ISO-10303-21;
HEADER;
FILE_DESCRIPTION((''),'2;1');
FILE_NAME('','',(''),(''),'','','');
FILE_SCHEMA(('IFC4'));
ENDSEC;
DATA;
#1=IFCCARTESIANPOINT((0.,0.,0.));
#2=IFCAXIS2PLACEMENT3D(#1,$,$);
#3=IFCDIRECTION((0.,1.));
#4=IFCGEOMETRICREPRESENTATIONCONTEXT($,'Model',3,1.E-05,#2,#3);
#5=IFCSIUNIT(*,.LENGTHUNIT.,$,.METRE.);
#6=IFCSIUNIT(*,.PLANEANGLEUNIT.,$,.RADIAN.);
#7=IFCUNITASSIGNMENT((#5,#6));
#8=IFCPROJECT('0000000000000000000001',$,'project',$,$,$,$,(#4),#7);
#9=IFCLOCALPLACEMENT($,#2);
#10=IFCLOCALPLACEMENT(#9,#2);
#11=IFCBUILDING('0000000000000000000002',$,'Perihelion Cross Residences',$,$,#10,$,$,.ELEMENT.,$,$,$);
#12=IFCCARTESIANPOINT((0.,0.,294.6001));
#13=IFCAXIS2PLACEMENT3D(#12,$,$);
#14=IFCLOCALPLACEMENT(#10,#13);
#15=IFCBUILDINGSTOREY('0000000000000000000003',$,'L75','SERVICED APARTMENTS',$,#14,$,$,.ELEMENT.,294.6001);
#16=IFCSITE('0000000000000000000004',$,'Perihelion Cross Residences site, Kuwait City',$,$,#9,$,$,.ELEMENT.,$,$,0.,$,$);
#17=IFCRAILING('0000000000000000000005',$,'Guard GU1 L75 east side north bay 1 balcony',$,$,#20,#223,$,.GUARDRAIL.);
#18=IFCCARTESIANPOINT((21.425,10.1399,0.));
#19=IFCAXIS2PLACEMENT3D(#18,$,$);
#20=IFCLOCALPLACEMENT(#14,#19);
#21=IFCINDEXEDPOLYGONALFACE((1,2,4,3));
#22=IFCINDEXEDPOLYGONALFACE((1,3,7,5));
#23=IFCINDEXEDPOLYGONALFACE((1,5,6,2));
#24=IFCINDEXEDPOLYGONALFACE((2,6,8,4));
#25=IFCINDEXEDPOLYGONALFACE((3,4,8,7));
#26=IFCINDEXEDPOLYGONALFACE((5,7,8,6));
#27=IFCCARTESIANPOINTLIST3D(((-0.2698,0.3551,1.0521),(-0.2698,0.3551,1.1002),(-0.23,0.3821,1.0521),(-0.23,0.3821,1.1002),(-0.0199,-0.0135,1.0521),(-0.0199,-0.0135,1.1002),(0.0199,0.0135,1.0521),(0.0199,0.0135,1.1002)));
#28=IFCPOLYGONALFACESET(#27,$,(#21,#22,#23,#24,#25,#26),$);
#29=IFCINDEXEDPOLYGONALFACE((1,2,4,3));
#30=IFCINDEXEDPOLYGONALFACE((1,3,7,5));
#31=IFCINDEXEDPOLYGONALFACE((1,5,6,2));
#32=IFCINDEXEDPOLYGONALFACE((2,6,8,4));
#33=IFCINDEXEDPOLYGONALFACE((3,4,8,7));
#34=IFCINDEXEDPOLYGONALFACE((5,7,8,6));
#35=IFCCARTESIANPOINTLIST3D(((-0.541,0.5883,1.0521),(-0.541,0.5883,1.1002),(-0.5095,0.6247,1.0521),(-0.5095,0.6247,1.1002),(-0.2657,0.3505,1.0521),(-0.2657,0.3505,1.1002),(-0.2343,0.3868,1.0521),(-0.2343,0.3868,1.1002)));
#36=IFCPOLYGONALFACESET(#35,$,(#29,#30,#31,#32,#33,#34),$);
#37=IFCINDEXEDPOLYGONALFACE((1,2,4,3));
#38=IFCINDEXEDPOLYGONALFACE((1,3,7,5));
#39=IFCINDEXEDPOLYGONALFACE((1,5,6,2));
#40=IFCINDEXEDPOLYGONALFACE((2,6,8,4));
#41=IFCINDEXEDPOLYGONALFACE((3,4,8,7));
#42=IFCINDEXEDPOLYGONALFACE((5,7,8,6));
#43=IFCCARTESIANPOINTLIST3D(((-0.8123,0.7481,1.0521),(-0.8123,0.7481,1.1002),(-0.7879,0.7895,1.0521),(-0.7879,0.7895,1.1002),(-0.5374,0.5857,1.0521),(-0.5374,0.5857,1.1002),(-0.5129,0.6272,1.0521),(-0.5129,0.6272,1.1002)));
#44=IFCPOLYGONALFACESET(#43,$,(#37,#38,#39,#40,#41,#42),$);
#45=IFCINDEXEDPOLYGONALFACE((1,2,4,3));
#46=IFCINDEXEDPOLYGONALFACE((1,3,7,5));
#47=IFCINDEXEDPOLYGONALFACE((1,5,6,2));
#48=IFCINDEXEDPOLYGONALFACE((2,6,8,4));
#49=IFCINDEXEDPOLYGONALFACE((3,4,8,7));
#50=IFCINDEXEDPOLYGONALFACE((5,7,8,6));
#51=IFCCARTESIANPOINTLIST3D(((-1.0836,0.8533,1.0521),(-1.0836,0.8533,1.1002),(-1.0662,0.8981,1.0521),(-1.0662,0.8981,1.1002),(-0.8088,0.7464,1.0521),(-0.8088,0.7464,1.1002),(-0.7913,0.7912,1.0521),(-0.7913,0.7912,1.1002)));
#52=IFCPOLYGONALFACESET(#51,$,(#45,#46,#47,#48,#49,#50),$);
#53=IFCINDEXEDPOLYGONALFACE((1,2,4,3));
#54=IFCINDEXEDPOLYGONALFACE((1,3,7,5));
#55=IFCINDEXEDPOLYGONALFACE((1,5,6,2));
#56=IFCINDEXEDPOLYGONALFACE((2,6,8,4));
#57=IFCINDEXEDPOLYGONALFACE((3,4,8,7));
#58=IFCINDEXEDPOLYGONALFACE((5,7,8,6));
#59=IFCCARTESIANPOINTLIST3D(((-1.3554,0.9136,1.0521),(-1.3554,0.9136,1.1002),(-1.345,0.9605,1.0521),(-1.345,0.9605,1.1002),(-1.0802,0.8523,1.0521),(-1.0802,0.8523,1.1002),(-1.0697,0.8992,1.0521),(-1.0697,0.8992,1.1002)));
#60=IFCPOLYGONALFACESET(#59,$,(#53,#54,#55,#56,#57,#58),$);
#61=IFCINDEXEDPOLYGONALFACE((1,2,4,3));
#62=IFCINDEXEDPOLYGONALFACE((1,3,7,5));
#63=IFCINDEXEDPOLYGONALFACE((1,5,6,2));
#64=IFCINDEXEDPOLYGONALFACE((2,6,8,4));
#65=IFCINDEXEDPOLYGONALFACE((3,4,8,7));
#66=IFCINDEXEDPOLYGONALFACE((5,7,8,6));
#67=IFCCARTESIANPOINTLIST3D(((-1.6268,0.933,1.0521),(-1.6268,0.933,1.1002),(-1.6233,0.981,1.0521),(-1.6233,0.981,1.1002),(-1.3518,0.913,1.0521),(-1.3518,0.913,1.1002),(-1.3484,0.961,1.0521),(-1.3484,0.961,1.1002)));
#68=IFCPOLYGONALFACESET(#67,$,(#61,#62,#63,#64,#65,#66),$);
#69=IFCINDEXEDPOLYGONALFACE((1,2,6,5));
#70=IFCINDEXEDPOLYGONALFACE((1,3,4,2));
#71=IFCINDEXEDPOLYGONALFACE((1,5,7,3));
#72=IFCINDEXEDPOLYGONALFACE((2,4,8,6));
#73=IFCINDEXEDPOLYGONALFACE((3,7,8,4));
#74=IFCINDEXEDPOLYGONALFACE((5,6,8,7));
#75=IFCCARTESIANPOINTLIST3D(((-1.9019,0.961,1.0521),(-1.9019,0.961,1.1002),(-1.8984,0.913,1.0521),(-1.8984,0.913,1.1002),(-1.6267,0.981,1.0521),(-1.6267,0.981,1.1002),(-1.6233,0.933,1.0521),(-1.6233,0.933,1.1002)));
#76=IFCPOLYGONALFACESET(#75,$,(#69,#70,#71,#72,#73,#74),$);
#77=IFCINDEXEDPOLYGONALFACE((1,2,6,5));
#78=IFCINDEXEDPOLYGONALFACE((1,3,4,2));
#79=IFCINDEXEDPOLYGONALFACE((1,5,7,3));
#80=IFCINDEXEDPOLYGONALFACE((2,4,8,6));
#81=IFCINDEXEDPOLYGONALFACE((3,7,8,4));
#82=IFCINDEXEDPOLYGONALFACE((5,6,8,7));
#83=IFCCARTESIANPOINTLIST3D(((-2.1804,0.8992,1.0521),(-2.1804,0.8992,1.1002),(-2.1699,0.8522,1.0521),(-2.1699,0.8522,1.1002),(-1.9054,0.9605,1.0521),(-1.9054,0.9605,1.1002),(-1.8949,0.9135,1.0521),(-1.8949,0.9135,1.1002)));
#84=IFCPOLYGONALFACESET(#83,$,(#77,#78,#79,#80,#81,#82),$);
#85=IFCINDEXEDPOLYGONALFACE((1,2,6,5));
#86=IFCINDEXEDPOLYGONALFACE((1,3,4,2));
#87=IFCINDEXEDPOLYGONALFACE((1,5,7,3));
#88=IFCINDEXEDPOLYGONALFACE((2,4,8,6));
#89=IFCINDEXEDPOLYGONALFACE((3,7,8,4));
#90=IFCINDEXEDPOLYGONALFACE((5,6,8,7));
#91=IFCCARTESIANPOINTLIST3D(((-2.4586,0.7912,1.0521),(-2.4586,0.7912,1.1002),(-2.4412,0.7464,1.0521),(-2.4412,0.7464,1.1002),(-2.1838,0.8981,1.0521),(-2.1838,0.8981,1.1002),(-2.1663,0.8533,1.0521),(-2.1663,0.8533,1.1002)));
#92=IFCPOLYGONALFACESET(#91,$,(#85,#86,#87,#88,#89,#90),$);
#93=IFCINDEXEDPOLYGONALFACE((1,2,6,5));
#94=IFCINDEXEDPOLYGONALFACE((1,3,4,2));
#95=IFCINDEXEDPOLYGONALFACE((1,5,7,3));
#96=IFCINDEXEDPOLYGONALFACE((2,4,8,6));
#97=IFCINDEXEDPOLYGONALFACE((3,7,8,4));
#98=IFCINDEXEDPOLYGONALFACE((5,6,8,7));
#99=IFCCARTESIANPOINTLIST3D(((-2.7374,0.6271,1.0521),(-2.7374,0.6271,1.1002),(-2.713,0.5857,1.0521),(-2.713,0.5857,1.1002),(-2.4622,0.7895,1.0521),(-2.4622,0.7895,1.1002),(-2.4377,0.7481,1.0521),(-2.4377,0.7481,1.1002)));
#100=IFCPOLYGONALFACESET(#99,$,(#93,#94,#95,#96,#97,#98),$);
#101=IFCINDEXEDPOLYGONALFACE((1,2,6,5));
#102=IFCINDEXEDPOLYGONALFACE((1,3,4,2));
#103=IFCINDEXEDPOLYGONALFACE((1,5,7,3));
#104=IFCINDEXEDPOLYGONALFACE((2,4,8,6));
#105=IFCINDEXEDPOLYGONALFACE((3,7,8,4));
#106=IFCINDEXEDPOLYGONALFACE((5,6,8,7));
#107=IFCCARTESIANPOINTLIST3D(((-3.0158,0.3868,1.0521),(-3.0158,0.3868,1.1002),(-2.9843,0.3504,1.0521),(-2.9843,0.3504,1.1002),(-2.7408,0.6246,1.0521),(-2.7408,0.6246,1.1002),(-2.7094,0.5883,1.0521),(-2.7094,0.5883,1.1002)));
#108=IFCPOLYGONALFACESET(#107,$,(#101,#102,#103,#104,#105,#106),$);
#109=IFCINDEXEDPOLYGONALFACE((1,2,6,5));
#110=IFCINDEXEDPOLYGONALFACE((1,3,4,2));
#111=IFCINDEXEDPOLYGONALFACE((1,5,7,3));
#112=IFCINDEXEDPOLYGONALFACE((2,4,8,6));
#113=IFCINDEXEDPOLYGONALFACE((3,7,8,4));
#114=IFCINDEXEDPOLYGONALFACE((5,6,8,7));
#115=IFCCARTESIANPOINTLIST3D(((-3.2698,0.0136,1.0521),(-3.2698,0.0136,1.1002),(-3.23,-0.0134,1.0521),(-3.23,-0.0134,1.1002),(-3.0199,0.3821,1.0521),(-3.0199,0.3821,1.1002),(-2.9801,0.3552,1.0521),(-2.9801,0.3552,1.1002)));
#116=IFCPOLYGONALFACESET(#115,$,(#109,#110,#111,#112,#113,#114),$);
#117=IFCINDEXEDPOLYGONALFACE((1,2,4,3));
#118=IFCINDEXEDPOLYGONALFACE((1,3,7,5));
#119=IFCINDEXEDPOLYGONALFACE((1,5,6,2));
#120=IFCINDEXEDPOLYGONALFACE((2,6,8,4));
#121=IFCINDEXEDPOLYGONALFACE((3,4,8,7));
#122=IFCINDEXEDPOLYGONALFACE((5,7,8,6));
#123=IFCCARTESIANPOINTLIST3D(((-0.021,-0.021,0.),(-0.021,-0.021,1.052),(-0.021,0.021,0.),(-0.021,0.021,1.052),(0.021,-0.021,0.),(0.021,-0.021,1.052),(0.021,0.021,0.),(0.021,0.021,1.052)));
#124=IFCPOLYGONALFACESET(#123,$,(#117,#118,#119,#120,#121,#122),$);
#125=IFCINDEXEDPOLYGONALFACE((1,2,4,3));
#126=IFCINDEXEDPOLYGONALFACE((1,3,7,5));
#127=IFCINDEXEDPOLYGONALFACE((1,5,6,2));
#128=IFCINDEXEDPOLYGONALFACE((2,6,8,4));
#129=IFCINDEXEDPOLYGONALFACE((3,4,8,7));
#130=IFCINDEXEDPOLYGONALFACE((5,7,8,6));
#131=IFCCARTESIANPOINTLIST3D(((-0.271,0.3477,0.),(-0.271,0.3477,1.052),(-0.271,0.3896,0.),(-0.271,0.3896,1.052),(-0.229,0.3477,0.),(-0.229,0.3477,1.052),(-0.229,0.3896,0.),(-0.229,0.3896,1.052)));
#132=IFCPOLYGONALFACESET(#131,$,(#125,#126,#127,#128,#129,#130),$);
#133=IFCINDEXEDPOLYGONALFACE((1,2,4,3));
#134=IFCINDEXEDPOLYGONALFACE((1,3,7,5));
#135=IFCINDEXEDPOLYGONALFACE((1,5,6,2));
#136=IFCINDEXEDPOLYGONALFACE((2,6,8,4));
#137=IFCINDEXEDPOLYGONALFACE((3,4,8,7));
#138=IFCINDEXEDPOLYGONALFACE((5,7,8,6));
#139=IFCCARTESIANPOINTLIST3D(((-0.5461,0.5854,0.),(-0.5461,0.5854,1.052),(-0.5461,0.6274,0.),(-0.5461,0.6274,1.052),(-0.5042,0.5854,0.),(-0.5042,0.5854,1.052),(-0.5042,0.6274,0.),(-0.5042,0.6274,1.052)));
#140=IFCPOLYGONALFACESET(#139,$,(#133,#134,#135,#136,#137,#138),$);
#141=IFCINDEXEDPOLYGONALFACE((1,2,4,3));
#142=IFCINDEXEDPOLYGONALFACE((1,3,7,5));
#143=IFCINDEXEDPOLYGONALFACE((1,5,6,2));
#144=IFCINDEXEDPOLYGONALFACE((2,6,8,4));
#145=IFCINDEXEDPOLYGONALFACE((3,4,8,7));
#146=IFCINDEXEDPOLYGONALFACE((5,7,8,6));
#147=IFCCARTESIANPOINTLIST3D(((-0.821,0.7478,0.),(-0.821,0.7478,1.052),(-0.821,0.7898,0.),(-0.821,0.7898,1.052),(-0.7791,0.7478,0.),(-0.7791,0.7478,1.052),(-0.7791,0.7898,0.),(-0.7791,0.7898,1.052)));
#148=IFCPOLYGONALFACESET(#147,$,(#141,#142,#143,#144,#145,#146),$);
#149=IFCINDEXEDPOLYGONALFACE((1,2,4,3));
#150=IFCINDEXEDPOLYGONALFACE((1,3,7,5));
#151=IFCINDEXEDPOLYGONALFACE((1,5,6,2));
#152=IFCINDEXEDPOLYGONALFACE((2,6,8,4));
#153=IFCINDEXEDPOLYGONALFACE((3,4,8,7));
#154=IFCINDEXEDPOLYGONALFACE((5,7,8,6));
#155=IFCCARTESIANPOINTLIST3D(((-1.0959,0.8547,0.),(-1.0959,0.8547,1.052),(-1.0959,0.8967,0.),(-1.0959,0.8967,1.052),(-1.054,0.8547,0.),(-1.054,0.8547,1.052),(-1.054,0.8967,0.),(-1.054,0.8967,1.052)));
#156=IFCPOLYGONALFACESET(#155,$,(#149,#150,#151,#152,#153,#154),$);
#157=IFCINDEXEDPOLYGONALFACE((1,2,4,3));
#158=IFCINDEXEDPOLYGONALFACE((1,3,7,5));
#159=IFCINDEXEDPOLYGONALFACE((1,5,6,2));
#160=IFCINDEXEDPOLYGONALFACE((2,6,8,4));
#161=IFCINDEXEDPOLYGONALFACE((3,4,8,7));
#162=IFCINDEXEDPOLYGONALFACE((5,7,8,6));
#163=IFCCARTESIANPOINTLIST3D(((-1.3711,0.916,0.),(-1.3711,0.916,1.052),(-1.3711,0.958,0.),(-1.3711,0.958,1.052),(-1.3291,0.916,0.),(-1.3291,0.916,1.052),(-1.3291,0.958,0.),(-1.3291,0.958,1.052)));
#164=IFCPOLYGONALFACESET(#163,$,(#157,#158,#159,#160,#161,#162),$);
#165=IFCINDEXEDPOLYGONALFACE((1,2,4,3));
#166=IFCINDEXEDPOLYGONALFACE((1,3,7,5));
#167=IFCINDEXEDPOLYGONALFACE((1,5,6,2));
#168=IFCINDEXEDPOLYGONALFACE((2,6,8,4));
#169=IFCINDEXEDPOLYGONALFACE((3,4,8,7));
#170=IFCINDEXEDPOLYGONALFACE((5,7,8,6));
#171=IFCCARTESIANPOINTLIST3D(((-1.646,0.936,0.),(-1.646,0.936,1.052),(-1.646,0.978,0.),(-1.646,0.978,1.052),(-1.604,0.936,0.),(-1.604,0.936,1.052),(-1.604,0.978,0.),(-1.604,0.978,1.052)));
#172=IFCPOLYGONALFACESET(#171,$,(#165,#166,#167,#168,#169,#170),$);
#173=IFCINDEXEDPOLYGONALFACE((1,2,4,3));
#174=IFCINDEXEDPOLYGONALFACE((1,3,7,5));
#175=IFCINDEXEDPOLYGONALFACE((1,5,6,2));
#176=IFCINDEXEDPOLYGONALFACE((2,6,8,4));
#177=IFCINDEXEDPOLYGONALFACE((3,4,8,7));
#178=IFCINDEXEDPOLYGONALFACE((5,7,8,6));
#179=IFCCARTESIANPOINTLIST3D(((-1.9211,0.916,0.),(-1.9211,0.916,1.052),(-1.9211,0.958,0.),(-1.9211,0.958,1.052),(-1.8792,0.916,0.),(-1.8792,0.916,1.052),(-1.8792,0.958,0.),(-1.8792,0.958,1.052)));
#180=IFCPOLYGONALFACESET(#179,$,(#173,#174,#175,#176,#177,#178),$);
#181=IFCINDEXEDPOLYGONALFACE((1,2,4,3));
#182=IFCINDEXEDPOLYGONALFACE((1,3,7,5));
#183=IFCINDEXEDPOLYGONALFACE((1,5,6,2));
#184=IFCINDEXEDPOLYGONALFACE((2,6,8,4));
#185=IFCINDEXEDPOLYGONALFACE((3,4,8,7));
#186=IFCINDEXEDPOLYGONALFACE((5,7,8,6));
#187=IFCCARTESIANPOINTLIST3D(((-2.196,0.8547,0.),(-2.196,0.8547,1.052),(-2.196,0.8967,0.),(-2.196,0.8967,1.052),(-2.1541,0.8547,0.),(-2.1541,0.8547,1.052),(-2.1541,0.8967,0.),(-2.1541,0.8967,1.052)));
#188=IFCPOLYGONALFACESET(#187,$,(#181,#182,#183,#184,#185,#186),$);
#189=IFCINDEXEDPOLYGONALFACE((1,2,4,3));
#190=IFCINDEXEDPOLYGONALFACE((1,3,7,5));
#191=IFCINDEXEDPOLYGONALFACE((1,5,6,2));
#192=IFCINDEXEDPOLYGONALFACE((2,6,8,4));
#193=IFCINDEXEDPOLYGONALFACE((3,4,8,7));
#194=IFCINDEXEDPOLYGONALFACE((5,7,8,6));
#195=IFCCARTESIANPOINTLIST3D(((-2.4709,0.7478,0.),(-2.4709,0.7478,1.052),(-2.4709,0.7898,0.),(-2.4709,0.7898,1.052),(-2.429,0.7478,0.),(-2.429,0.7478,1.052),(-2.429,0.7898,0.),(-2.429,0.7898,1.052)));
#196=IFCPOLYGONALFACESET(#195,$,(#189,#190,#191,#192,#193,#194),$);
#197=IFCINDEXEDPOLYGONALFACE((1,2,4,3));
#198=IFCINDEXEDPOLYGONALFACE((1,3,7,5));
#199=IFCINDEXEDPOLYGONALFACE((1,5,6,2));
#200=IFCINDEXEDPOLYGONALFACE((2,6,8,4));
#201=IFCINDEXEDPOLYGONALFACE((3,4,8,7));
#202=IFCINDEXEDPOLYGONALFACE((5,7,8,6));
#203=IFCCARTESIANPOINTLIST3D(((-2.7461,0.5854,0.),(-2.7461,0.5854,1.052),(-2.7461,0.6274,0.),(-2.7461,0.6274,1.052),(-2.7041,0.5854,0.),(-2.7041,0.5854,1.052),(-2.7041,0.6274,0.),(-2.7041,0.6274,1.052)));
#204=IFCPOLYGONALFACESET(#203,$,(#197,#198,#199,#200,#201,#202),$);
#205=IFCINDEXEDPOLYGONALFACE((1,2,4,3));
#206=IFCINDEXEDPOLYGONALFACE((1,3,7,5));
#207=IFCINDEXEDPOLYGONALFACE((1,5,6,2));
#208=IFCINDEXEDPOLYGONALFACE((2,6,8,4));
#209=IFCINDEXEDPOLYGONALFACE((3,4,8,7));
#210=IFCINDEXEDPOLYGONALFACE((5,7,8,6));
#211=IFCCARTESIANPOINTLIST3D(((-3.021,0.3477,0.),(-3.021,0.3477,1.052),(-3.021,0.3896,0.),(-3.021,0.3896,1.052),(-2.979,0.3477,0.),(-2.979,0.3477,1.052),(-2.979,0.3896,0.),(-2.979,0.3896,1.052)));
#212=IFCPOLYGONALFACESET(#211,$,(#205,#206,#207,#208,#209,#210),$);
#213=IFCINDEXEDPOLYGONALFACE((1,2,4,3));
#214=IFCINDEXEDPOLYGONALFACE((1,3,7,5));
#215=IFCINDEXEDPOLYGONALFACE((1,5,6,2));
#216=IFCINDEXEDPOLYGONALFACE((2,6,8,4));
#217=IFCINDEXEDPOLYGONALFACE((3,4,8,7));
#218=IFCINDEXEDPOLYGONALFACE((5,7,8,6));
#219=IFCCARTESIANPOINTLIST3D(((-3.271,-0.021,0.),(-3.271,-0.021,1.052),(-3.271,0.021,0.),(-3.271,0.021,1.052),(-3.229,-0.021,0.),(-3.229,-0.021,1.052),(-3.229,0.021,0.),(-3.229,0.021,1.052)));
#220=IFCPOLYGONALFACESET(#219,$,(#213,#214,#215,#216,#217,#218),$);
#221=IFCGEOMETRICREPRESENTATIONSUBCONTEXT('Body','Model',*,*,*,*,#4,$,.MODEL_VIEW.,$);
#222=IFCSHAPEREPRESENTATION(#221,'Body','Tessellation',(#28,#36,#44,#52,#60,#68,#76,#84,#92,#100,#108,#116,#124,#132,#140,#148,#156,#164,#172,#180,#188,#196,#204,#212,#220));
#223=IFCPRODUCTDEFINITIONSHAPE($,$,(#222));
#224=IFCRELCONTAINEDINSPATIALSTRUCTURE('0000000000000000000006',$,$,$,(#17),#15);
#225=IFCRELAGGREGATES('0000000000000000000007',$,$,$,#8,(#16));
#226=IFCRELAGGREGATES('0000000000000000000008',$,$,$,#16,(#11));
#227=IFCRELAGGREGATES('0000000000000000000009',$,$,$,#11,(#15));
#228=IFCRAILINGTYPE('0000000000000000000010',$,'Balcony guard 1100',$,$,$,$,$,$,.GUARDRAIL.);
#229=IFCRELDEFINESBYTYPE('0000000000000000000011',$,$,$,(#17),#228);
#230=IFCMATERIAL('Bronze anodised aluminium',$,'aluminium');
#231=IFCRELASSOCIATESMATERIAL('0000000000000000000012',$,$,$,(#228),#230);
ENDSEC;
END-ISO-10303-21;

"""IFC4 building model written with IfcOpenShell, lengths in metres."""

from ifc_helpers import new_model, si_unit, direction, frame, origin, origin_2d, place, context, subcontext, project, spatial, rectangle, extrude, material, type_object, element, save


model = new_model("IFC4")

# Units and contexts
model_context = context("Model", 3, precision=1e-05, world=origin(), true_north=direction((0.0, 1.0)))
body_context = subcontext(model_context, "Body", "Model", "MODEL_VIEW")
ifc_project = project(units=[si_unit("LENGTHUNIT", "METRE"), si_unit("PLANEANGLEUNIT", "RADIAN")], contexts=[model_context])

# Site, building, storey
site_placement = place(None, origin())
site = spatial("IfcSite", under=ifc_project, at=site_placement, Name="Perihelion Cross Residences site, Kuwait City", CompositionType="ELEMENT", RefElevation=0.0)
building_placement = place(site_placement, origin())
building = spatial("IfcBuilding", under=site, at=building_placement, Name="Perihelion Cross Residences", CompositionType="ELEMENT")
storey_placement = place(building_placement, frame((0.0, 0.0, 294.6001)))
storey = spatial("IfcBuildingStorey", under=building, at=storey_placement, Name="L75", Description="SERVICED APARTMENTS", CompositionType="ELEMENT", Elevation=294.6001)

# Railing
ifc_material_1 = material(Name="Bronze anodised aluminium", Category="aluminium")
railing_type_1 = type_object("IfcRailingType", Name="Balcony guard 1100", PredefinedType="GUARDRAIL", material=ifc_material_1)
railing_1_placement = place(storey_placement, frame((21.425, 10.1399, 0.0)))
element("IfcRailing", 1, at=railing_1_placement, inside=storey, type_object=railing_type_1, Name="Guard GU1 L75 east side north bay 1 balcony", PredefinedType="GUARDRAIL", context=body_context, shape_type="SweptSolid", body=[
    extrude(rectangle(XDim=0.0481, YDim=0.0481, at=origin_2d()), frame((0.0, 0.0, 1.0762), z_axis=(-0.56126, 0.827639, 0.0), x_axis=(-0.827639, -0.56126, 0.0)), (0.0, 0.0, 1.0), 0.4453),
    extrude(rectangle(XDim=0.0481, YDim=0.0481, at=origin_2d()), frame((-0.25, 0.3687, 1.0762), z_axis=(-0.756597, 0.653882, 0.0), x_axis=(-0.653882, -0.756597, 0.0)), (0.0, 0.0, 1.0), 0.3638),
    extrude(rectangle(XDim=0.0481, YDim=0.0481, at=origin_2d()), frame((-0.5251, 0.6064, 1.0762), z_axis=(-0.861048, 0.508523, 0.0), x_axis=(-0.508523, -0.861048, 0.0)), (0.0, 0.0, 1.0), 0.3193),
    extrude(rectangle(XDim=0.0481, YDim=0.0481, at=origin_2d()), frame((-0.8, 0.7688, 1.0762), z_axis=(-0.931974, 0.362526, 0.0), x_axis=(-0.362526, -0.931974, 0.0)), (0.0, 0.0, 1.0), 0.2949),
    extrude(rectangle(XDim=0.0481, YDim=0.0481, at=origin_2d()), frame((-1.075, 0.8757, 1.0762), z_axis=(-0.976085, 0.217389, 0.0), x_axis=(-0.217389, -0.976085, 0.0)), (0.0, 0.0, 1.0), 0.282),
    extrude(rectangle(XDim=0.0481, YDim=0.0481, at=origin_2d()), frame((-1.3501, 0.937, 1.0762), z_axis=(-0.997359, 0.072632, 0.0), x_axis=(-0.072632, -0.997359, 0.0)), (0.0, 0.0, 1.0), 0.2756),
    extrude(rectangle(XDim=0.0481, YDim=0.0481, at=origin_2d()), frame((-1.625, 0.957, 1.0762), z_axis=(-0.997363, -0.072568, 0.0), x_axis=(0.072568, -0.997363, 0.0)), (0.0, 0.0, 1.0), 0.2759),
    extrude(rectangle(XDim=0.0481, YDim=0.0481, at=origin_2d()), frame((-1.9001, 0.937, 1.0762), z_axis=(-0.976044, -0.217573, 0.0), x_axis=(0.217573, -0.976044, 0.0)), (0.0, 0.0, 1.0), 0.2817),
    extrude(rectangle(XDim=0.0481, YDim=0.0481, at=origin_2d()), frame((-2.175, 0.8757, 1.0762), z_axis=(-0.931974, -0.362526, 0.0), x_axis=(0.362526, -0.931974, 0.0)), (0.0, 0.0, 1.0), 0.2949),
    extrude(rectangle(XDim=0.0481, YDim=0.0481, at=origin_2d()), frame((-2.45, 0.7688, 1.0762), z_axis=(-0.861246, -0.508189, 0.0), x_axis=(0.508189, -0.861246, 0.0)), (0.0, 0.0, 1.0), 0.3196),
    extrude(rectangle(XDim=0.0481, YDim=0.0481, at=origin_2d()), frame((-2.7251, 0.6064, 1.0762), z_axis=(-0.756309, -0.654214, 0.0), x_axis=(0.654214, -0.756309, 0.0)), (0.0, 0.0, 1.0), 0.3635),
    extrude(rectangle(XDim=0.0481, YDim=0.0481, at=origin_2d()), frame((-3.0, 0.3687, 1.0762), z_axis=(-0.56126, -0.827639, 0.0), x_axis=(0.827639, -0.56126, 0.0)), (0.0, 0.0, 1.0), 0.4453),
    extrude(rectangle(XDim=0.042, YDim=0.042, at=origin_2d()), origin(), (0.0, 0.0, 1.0), 1.052),
    extrude(rectangle(XDim=0.042, YDim=0.042, at=origin_2d()), frame((-0.25, 0.3687, 0.0)), (0.0, 0.0, 1.0), 1.052),
    extrude(rectangle(XDim=0.042, YDim=0.042, at=origin_2d()), frame((-0.5251, 0.6064, 0.0)), (0.0, 0.0, 1.0), 1.052),
    extrude(rectangle(XDim=0.042, YDim=0.042, at=origin_2d()), frame((-0.8, 0.7688, 0.0)), (0.0, 0.0, 1.0), 1.052),
    extrude(rectangle(XDim=0.042, YDim=0.042, at=origin_2d()), frame((-1.075, 0.8757, 0.0)), (0.0, 0.0, 1.0), 1.052),
    extrude(rectangle(XDim=0.042, YDim=0.042, at=origin_2d()), frame((-1.3501, 0.937, 0.0)), (0.0, 0.0, 1.0), 1.052),
    extrude(rectangle(XDim=0.042, YDim=0.042, at=origin_2d()), frame((-1.625, 0.957, 0.0)), (0.0, 0.0, 1.0), 1.052),
    extrude(rectangle(XDim=0.042, YDim=0.042, at=origin_2d()), frame((-1.9001, 0.937, 0.0)), (0.0, 0.0, 1.0), 1.052),
    extrude(rectangle(XDim=0.042, YDim=0.042, at=origin_2d()), frame((-2.175, 0.8757, 0.0)), (0.0, 0.0, 1.0), 1.052),
    extrude(rectangle(XDim=0.042, YDim=0.042, at=origin_2d()), frame((-2.45, 0.7688, 0.0)), (0.0, 0.0, 1.0), 1.052),
    extrude(rectangle(XDim=0.042, YDim=0.042, at=origin_2d()), frame((-2.7251, 0.6064, 0.0)), (0.0, 0.0, 1.0), 1.052),
    extrude(rectangle(XDim=0.042, YDim=0.042, at=origin_2d()), frame((-3.0, 0.3687, 0.0)), (0.0, 0.0, 1.0), 1.052),
    extrude(rectangle(XDim=0.042, YDim=0.042, at=origin_2d()), frame((-3.25, 0.0, 0.0)), (0.0, 0.0, 1.0), 1.052),
])

save(model, "model.ifc")
